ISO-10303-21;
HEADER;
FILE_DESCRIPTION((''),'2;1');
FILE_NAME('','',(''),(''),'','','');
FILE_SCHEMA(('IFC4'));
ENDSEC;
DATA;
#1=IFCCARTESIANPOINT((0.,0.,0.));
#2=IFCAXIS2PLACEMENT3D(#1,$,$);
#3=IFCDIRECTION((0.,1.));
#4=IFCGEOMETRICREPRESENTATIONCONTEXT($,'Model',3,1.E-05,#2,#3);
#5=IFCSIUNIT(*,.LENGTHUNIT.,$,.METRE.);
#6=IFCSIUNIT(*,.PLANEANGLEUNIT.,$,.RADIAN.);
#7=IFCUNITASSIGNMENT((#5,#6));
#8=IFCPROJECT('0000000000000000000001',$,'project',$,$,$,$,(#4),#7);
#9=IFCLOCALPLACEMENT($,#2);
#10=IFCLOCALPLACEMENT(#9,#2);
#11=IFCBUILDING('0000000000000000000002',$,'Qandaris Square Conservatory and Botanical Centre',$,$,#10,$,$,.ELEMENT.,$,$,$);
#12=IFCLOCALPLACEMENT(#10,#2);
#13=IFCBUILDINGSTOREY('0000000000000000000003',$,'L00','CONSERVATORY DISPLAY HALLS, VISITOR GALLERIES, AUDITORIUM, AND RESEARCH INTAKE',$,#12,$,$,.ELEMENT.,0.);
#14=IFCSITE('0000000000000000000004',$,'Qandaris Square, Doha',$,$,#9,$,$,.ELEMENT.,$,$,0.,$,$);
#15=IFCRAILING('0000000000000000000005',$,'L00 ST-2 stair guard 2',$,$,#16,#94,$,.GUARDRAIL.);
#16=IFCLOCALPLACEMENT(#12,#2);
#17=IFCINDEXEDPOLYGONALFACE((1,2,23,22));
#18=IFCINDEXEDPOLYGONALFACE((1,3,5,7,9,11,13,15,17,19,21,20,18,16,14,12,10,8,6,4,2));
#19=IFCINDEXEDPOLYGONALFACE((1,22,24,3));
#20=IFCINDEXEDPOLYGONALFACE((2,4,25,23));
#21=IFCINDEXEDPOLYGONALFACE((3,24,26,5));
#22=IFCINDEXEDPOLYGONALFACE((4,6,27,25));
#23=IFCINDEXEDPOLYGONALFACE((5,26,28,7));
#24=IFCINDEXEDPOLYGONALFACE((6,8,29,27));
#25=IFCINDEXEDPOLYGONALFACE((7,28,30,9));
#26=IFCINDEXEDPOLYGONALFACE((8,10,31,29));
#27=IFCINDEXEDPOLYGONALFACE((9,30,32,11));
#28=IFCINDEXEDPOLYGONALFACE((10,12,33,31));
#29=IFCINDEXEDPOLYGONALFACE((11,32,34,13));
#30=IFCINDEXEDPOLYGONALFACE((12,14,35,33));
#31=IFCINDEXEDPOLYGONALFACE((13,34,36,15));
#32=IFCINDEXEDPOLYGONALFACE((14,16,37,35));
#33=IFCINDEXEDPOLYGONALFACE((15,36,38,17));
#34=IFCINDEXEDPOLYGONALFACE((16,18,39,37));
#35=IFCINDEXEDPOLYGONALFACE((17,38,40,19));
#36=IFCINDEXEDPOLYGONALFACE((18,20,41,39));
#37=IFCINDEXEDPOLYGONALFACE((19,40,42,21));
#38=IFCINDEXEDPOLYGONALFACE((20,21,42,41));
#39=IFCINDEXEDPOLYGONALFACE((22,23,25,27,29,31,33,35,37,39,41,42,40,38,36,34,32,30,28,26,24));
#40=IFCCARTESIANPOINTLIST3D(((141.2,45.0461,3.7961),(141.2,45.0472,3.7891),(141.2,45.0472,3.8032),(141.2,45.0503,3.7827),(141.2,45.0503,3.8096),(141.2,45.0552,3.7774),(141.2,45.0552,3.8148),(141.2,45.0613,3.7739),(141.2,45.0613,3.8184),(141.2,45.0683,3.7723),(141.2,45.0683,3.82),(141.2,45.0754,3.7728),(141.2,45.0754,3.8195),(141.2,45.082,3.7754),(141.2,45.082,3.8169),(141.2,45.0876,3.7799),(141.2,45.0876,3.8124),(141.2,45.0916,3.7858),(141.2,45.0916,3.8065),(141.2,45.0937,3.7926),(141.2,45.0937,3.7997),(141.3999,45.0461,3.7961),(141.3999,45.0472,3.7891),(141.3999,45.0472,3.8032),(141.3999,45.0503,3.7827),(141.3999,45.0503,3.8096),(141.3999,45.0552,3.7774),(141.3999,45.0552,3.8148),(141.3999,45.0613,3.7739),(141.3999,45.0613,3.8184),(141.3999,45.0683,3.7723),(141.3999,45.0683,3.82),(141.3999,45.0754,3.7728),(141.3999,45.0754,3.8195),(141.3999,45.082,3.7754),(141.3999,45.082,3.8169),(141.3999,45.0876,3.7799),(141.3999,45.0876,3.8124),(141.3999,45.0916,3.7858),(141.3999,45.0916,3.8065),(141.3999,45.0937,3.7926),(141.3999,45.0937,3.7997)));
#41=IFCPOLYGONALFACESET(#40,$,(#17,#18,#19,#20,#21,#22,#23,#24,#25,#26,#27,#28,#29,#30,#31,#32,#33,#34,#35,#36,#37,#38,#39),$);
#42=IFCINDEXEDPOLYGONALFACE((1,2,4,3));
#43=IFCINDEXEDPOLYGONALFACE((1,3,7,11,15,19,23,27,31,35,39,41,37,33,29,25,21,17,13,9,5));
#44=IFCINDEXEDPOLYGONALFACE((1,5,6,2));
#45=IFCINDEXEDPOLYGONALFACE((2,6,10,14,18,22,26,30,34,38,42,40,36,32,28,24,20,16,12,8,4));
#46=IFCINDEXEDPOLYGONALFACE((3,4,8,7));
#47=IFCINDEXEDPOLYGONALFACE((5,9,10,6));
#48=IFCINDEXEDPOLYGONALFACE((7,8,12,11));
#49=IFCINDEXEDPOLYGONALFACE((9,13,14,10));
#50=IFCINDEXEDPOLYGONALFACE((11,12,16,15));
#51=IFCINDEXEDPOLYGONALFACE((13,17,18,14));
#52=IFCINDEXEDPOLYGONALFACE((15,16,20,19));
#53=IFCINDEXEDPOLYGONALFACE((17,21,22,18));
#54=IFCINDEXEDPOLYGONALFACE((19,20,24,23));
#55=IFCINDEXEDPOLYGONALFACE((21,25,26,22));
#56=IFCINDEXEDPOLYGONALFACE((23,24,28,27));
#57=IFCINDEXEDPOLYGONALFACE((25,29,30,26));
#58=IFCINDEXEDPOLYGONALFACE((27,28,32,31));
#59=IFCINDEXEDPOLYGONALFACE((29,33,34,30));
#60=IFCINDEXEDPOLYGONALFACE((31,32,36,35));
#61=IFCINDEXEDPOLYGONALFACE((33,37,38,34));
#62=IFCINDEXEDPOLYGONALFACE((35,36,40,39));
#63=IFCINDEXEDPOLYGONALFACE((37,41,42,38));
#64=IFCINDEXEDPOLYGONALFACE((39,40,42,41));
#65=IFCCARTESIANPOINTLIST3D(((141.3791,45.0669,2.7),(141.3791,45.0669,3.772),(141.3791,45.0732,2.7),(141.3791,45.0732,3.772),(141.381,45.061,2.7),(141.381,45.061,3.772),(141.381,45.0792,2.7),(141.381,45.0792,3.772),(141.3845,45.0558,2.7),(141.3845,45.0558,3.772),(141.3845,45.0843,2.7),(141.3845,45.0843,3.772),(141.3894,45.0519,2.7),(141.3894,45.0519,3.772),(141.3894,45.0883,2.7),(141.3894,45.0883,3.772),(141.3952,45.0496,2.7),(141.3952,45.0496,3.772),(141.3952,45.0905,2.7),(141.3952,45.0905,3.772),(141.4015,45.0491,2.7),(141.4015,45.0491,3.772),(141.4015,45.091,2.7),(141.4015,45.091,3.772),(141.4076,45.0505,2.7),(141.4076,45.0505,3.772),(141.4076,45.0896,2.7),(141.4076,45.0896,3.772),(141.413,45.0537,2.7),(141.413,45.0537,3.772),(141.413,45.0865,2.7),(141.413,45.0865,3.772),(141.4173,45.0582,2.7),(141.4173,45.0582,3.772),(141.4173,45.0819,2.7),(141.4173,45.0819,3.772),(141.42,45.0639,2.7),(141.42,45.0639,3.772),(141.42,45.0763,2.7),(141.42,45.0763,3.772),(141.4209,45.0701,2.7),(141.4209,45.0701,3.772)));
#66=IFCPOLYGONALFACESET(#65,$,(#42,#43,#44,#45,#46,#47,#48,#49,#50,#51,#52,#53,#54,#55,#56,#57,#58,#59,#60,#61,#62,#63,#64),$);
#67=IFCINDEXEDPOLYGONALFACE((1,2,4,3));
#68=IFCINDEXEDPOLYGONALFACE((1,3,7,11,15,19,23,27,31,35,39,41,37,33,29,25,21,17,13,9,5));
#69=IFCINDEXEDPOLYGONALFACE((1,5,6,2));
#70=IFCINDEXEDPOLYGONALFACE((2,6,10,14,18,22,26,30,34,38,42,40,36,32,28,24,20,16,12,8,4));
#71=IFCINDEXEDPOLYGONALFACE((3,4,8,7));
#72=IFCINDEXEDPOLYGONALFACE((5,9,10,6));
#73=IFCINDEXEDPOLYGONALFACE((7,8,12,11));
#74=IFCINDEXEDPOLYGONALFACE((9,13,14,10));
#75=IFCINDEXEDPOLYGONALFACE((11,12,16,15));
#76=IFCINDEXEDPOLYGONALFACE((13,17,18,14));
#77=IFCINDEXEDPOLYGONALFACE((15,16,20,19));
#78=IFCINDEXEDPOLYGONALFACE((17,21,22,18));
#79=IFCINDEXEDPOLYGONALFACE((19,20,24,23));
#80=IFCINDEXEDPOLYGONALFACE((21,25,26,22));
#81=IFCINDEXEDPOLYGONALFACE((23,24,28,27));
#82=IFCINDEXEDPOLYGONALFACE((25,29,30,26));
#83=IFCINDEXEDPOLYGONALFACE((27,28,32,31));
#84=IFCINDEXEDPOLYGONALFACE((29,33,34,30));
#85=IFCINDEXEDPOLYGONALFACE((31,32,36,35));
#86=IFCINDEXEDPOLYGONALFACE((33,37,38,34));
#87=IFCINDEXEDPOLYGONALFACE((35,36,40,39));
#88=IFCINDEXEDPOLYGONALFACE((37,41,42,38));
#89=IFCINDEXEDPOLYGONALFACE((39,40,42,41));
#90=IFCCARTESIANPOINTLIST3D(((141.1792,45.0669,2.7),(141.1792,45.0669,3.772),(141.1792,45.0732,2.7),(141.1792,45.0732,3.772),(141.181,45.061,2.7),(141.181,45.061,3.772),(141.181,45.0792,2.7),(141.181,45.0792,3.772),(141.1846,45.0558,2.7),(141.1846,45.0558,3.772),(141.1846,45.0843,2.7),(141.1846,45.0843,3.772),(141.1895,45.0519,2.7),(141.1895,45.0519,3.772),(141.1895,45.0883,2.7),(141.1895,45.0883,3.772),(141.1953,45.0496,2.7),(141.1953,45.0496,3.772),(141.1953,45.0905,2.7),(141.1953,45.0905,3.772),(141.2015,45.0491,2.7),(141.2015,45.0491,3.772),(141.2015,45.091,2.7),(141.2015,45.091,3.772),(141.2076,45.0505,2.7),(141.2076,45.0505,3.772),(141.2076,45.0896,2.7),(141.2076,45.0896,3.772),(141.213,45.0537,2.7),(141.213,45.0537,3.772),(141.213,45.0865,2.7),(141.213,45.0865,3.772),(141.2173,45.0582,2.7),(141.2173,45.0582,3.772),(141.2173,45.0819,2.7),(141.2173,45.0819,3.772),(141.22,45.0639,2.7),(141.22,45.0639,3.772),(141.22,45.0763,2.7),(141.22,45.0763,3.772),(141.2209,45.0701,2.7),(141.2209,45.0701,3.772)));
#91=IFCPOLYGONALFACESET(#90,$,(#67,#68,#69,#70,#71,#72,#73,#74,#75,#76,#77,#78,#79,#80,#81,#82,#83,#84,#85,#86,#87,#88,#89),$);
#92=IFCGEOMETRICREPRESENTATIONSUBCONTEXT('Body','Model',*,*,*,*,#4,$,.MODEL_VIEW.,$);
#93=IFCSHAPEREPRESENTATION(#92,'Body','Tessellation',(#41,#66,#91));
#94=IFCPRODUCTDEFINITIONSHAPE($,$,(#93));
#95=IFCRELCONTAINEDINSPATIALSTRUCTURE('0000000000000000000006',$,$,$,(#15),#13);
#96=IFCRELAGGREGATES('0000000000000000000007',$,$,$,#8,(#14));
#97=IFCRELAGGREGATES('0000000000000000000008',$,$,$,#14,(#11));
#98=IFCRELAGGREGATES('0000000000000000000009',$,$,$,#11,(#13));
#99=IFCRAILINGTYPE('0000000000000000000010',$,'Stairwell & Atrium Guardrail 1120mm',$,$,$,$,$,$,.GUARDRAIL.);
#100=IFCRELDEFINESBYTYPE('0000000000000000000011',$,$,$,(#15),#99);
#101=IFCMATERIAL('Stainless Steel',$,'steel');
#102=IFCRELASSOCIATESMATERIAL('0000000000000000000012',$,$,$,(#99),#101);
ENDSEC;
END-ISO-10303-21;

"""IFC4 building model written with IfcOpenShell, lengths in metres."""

from ifc_helpers import new_model, si_unit, direction, frame, origin, origin_2d, place, context, subcontext, project, spatial, circle, extrude, material, type_object, element, save


model = new_model("IFC4")

# Units and contexts
model_context = context("Model", 3, precision=1e-05, world=origin(), true_north=direction((0.0, 1.0)))
body_context = subcontext(model_context, "Body", "Model", "MODEL_VIEW")
ifc_project = project(units=[si_unit("LENGTHUNIT", "METRE"), si_unit("PLANEANGLEUNIT", "RADIAN")], contexts=[model_context])

# Site, building, storey
site_placement = place(None, origin())
site = spatial("IfcSite", under=ifc_project, at=site_placement, Name="Qandaris Square, Doha", CompositionType="ELEMENT", RefElevation=0.0)
building_placement = place(site_placement, origin())
building = spatial("IfcBuilding", under=site, at=building_placement, Name="Qandaris Square Conservatory and Botanical Centre", CompositionType="ELEMENT")
storey_placement = place(building_placement, origin())
storey = spatial("IfcBuildingStorey", under=building, at=storey_placement, Name="L00", Description="CONSERVATORY DISPLAY HALLS, VISITOR GALLERIES, AUDITORIUM, AND RESEARCH INTAKE", CompositionType="ELEMENT", Elevation=0.0)

# Railing
ifc_material_1 = material(Name="Stainless Steel", Category="steel")
railing_type_1 = type_object("IfcRailingType", Name="Stairwell & Atrium Guardrail 1120mm", PredefinedType="GUARDRAIL", material=ifc_material_1)
railing_1_placement = place(storey_placement, frame((141.3999, 45.0701, 2.7)))
element("IfcRailing", 1, at=railing_1_placement, inside=storey, type_object=railing_type_1, Name="L00 ST-2 stair guard 2", PredefinedType="GUARDRAIL", context=body_context, shape_type="SweptSolid", body=[
    extrude(circle(Radius=0.0239, at=origin_2d()), frame((0.0, 0.0, 1.0962), z_axis=(-1.0, 0.0, 0.0), x_axis=(0.0, -1.0, 0.0)), (0.0, 0.0, 1.0), 0.2),
    extrude(circle(Radius=0.021, at=origin_2d()), origin(), (0.0, 0.0, 1.0), 1.072),
    extrude(circle(Radius=0.021, at=origin_2d()), frame((-0.2, 0.0, 0.0)), (0.0, 0.0, 1.0), 1.072),
])

save(model, "model.ifc")
